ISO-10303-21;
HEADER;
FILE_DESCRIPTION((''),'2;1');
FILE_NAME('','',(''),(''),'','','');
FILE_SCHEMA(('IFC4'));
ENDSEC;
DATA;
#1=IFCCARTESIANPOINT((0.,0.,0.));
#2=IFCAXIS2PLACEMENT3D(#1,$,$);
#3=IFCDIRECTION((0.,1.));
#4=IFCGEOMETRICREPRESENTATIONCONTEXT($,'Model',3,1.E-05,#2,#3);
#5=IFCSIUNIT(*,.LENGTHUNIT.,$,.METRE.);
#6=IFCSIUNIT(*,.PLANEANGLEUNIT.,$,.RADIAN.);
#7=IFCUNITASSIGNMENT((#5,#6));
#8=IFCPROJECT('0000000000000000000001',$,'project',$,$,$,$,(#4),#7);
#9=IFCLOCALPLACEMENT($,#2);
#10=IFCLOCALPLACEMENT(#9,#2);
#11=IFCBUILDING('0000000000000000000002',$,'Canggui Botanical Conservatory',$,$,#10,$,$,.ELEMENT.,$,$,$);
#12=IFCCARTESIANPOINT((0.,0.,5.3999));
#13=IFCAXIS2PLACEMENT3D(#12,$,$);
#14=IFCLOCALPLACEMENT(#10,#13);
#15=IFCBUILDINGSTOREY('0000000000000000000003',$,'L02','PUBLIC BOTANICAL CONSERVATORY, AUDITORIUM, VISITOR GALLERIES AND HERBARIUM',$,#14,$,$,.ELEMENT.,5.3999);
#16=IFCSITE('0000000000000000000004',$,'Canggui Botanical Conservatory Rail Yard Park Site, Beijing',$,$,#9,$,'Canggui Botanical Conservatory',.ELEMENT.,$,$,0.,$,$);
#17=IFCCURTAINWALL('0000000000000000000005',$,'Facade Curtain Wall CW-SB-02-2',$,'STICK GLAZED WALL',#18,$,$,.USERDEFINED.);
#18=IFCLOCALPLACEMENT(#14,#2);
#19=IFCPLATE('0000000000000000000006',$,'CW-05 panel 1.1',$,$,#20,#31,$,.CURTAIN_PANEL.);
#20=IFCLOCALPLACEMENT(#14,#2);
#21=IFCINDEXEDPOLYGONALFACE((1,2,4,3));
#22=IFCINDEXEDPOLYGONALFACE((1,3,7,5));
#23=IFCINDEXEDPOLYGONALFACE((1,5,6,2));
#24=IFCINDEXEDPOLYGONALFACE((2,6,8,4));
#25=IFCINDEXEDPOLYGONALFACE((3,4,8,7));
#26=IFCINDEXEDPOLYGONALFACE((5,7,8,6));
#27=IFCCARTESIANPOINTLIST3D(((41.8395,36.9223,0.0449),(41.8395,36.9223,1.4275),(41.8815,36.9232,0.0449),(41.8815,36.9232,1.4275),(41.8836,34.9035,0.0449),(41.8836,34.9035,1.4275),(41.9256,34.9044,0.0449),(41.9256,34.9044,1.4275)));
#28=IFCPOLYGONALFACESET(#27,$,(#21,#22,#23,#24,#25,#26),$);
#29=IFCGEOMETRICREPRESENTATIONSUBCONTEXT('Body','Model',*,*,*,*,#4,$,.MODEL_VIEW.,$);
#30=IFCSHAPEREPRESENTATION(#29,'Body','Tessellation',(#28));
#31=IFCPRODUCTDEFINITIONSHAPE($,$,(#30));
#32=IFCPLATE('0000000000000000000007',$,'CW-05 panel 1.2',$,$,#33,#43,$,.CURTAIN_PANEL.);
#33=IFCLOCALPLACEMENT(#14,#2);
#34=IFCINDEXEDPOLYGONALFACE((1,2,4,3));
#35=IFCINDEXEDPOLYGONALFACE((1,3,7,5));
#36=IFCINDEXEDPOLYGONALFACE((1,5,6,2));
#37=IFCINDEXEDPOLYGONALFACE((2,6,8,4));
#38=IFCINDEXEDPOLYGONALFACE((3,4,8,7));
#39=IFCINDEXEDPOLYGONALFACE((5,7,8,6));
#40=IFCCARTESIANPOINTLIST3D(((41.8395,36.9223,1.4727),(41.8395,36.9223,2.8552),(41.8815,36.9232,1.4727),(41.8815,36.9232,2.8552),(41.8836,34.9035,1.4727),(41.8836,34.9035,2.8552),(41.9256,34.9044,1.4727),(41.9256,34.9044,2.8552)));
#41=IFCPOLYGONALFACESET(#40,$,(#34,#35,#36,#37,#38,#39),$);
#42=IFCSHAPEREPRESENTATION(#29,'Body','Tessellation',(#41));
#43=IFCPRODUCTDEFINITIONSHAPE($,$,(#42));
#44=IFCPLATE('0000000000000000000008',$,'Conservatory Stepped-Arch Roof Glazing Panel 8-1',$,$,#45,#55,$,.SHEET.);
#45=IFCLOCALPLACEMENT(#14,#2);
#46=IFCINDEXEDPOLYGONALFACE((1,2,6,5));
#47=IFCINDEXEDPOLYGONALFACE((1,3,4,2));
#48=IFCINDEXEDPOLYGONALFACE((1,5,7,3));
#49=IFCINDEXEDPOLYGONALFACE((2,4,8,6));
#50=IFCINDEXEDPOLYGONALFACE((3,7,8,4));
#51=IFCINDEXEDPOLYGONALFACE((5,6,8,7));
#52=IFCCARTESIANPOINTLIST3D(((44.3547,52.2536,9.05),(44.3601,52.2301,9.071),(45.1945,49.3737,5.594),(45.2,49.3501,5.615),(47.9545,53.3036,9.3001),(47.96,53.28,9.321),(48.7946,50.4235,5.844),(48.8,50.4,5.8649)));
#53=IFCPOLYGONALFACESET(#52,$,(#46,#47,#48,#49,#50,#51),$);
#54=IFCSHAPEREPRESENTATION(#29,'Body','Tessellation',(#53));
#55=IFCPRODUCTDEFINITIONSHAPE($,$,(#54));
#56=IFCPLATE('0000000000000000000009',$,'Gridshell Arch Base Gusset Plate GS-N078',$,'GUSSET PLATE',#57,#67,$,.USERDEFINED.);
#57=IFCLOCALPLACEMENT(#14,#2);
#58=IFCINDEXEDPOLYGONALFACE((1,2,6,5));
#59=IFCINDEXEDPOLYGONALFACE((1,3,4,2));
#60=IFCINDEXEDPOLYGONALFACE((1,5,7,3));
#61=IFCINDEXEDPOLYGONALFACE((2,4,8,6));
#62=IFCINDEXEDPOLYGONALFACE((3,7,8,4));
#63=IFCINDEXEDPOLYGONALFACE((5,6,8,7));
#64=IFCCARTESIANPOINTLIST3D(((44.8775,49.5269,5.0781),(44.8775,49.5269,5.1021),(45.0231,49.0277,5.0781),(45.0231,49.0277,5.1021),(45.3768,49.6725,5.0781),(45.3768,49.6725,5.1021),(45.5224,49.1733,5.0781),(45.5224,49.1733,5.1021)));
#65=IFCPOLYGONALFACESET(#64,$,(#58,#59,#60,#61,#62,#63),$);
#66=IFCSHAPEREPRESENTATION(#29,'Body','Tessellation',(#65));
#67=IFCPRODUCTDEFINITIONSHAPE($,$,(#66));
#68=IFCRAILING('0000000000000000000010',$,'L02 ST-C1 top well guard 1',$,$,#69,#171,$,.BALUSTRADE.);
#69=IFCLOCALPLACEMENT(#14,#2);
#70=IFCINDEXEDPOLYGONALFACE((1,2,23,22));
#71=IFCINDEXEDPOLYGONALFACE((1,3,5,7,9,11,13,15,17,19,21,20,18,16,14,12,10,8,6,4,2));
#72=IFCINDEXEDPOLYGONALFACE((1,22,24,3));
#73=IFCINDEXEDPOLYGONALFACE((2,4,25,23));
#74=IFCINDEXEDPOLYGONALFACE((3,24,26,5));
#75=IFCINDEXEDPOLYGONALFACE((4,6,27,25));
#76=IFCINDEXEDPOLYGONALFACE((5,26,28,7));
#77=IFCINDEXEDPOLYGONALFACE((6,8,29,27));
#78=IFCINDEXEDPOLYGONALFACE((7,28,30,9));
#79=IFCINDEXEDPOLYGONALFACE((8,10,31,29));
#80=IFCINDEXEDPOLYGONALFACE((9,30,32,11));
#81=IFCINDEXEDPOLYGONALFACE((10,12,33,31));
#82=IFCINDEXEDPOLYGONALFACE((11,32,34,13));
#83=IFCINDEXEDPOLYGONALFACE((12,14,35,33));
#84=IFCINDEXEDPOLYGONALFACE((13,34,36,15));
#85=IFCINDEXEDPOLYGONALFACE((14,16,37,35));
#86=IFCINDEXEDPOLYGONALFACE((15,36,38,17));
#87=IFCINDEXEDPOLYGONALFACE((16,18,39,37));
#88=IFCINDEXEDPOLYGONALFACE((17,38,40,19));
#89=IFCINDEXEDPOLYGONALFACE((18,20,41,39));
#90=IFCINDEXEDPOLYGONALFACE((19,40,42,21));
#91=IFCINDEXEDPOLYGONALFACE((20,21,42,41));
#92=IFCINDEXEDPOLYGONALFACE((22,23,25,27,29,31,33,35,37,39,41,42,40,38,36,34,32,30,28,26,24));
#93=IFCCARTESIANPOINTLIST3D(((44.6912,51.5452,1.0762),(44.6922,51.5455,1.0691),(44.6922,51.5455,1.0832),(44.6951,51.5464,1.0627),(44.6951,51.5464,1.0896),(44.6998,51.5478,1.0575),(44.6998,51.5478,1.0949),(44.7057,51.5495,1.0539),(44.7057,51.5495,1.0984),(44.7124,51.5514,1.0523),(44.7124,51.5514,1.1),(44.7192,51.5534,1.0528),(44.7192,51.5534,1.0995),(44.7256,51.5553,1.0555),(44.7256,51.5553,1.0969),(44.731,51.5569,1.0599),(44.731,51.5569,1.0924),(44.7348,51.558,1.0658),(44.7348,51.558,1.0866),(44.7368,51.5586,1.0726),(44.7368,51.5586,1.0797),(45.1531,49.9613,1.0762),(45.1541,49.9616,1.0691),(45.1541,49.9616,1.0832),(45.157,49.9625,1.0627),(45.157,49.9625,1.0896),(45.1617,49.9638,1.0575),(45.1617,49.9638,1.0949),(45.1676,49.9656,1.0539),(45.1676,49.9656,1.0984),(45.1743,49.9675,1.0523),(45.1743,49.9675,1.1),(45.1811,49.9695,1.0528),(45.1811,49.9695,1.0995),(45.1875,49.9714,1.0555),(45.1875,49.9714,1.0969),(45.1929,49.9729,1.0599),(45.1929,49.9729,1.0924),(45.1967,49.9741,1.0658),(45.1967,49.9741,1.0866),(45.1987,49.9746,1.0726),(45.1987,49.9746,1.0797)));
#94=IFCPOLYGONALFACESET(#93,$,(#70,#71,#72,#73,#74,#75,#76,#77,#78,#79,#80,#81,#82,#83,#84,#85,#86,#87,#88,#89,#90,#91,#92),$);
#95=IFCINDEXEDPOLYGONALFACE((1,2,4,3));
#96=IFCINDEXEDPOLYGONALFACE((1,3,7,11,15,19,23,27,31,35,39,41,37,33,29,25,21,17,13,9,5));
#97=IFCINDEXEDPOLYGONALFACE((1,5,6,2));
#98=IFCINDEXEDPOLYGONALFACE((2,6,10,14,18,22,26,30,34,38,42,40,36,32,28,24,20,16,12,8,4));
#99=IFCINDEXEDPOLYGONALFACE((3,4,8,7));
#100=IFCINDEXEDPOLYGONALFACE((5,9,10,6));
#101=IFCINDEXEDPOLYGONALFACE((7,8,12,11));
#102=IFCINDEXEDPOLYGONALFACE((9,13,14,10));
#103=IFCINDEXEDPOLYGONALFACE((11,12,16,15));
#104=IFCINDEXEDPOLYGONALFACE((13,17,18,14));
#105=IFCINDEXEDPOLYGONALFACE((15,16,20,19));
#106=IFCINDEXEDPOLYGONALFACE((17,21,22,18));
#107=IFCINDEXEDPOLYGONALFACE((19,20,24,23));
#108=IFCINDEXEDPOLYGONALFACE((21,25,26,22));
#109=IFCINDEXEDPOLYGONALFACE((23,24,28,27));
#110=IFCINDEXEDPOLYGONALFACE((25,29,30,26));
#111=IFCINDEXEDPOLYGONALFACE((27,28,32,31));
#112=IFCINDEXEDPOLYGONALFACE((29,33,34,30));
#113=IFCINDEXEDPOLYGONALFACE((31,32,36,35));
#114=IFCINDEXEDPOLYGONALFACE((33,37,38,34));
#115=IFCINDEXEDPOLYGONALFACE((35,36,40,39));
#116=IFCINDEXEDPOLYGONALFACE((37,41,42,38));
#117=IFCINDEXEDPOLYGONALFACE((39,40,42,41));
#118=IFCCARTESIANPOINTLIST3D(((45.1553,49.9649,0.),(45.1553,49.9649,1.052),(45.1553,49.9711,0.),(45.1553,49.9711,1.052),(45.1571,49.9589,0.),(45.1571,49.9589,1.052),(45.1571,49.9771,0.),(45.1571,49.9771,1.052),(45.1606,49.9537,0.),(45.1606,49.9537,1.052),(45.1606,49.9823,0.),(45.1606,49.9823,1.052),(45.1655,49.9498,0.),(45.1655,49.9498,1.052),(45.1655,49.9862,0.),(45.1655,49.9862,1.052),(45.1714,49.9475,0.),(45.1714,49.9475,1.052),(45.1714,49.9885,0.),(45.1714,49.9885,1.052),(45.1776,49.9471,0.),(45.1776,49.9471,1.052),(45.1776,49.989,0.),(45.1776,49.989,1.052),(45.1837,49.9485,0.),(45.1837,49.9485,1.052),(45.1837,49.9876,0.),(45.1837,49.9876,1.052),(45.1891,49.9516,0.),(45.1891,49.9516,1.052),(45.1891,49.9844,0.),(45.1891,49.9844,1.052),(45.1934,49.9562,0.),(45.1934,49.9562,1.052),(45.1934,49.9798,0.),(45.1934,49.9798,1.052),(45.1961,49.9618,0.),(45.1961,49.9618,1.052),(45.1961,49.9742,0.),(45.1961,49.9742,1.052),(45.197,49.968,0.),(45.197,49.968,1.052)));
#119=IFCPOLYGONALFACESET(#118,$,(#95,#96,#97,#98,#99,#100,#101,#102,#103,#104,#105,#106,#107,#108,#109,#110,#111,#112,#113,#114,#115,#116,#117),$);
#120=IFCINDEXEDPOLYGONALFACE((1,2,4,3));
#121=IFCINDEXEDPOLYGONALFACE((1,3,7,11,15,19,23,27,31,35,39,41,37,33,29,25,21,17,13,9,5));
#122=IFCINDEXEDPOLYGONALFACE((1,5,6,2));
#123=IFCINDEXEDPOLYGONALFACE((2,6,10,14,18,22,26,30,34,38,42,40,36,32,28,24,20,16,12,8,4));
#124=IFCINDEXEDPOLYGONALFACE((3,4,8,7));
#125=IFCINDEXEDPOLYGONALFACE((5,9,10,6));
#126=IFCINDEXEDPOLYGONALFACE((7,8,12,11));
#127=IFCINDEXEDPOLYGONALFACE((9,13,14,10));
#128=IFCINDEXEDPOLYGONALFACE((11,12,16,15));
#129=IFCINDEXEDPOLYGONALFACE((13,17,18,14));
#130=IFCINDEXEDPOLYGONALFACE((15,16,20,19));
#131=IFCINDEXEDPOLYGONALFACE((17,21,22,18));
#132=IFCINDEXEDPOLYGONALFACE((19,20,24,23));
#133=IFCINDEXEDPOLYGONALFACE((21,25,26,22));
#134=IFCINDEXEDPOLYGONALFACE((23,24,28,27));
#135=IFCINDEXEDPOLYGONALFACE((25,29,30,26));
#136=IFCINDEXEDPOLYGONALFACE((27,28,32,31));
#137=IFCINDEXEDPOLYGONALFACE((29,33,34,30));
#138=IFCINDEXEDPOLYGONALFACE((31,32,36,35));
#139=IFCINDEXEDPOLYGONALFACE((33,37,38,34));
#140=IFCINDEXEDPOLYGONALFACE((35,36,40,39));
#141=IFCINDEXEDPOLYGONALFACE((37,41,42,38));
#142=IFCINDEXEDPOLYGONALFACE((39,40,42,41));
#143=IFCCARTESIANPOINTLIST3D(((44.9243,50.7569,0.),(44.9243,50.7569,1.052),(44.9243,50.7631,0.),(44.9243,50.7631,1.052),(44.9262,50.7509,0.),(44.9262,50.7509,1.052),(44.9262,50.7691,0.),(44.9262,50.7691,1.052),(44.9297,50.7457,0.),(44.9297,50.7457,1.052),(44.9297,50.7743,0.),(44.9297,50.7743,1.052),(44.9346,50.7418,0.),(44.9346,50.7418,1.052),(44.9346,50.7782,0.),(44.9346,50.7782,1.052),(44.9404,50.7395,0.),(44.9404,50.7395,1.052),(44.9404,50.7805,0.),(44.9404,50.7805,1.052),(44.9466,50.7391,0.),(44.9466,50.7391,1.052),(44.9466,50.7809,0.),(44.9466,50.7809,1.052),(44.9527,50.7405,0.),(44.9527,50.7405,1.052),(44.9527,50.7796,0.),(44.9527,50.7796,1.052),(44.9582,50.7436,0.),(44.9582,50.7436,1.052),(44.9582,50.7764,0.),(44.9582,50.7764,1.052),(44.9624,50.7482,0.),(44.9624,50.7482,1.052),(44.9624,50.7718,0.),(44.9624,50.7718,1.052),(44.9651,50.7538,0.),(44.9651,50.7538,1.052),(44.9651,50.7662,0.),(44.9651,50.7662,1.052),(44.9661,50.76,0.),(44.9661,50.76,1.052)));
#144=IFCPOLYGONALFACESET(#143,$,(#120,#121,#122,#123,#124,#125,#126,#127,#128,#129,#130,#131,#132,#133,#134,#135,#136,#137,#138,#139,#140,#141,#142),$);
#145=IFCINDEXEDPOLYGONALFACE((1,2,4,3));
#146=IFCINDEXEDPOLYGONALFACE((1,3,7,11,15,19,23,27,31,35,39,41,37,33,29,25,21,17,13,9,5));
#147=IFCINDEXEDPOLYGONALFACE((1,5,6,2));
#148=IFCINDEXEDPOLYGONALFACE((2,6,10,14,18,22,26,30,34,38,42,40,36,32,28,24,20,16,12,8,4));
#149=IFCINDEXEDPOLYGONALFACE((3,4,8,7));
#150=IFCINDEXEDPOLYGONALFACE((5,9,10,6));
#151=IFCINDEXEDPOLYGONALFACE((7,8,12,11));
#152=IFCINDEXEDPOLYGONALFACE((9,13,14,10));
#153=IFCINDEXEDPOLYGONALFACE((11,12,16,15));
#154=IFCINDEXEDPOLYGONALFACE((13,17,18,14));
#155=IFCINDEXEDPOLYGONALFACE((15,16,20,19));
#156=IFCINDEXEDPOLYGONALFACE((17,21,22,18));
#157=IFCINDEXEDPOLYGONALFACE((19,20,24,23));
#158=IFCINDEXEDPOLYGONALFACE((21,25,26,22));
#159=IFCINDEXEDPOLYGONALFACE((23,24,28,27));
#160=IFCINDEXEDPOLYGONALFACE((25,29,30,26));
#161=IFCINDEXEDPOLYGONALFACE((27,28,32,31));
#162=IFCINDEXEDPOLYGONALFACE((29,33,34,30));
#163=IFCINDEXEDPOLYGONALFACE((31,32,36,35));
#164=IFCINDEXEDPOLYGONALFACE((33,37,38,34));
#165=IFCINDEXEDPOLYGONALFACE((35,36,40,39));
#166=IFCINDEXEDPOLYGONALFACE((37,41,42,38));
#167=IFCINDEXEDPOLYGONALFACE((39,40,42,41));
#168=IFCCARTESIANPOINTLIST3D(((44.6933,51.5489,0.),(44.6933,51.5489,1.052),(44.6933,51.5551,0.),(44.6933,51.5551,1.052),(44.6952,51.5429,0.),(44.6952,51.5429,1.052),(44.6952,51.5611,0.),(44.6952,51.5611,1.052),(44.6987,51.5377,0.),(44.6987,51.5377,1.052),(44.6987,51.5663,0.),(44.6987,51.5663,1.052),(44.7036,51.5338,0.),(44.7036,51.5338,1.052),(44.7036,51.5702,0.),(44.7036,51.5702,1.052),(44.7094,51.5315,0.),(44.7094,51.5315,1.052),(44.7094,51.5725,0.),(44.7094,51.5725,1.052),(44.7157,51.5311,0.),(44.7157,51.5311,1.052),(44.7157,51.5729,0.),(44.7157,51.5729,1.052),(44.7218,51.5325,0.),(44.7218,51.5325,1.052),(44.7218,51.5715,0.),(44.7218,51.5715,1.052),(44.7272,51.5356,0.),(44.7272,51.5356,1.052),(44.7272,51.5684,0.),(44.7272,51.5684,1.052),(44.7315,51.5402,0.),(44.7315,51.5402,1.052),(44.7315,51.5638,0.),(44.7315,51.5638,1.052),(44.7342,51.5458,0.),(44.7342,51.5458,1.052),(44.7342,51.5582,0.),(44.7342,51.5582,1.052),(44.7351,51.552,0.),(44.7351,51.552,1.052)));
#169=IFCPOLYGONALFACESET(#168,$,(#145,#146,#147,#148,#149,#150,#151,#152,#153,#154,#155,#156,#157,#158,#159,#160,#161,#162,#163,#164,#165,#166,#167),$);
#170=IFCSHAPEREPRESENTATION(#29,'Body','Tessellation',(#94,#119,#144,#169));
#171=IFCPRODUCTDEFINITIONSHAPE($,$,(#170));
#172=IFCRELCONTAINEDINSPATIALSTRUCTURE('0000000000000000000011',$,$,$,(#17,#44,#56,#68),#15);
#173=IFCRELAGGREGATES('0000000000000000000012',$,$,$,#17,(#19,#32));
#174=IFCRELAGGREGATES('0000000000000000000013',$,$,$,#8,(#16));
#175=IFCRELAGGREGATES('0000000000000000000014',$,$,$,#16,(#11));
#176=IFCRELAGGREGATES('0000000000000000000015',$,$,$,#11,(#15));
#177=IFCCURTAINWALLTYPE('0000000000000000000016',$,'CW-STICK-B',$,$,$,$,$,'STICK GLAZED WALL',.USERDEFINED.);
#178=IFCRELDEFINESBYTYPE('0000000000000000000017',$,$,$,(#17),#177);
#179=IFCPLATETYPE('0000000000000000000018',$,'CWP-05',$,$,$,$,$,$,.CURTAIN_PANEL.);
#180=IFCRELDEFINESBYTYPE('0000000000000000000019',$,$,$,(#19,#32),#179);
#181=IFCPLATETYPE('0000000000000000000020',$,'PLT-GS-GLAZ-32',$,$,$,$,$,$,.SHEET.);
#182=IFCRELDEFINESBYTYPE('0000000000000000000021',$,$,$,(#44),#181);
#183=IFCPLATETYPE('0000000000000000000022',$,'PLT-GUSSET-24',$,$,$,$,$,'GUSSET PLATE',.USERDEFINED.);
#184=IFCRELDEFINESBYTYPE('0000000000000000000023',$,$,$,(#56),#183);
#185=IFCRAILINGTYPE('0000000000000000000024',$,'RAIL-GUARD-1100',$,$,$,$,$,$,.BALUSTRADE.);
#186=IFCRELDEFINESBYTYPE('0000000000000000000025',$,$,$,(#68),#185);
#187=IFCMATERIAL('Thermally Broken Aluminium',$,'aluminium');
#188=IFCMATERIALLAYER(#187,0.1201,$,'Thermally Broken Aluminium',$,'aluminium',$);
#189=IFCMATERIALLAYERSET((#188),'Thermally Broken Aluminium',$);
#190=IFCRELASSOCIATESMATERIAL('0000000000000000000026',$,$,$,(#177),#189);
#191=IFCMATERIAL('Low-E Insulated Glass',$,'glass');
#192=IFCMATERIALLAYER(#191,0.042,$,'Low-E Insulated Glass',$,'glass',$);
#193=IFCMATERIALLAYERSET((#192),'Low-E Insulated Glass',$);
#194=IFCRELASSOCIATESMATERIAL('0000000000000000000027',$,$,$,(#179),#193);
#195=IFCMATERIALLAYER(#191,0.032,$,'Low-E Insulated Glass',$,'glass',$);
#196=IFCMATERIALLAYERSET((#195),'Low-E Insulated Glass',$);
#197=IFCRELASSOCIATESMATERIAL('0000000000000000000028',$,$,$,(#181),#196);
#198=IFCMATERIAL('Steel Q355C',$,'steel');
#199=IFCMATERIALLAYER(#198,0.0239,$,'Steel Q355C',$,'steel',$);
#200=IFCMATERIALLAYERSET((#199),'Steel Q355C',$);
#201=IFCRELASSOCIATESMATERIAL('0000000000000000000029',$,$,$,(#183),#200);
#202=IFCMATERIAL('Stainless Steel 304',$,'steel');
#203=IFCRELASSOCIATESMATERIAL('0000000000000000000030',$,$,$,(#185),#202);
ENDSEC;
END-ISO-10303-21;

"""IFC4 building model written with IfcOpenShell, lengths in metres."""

from ifc_helpers import new_model, si_unit, direction, frame, origin, origin_2d, place, context, subcontext, project, spatial, polyline, rectangle, circle, outline, extrude, material, layer, layer_set, type_object, element, aggregate, save


model = new_model("IFC4")

# Units and contexts
model_context = context("Model", 3, precision=1e-05, world=origin(), true_north=direction((0.0, 1.0)))
body_context = subcontext(model_context, "Body", "Model", "MODEL_VIEW")
ifc_project = project(units=[si_unit("LENGTHUNIT", "METRE"), si_unit("PLANEANGLEUNIT", "RADIAN")], contexts=[model_context])

# Site, building, storey
site_placement = place(None, origin())
site = spatial("IfcSite", under=ifc_project, at=site_placement, Name="Canggui Botanical Conservatory Rail Yard Park Site, Beijing", LongName="Canggui Botanical Conservatory", CompositionType="ELEMENT", RefElevation=0.0)
building_placement = place(site_placement, origin())
building = spatial("IfcBuilding", under=site, at=building_placement, Name="Canggui Botanical Conservatory", CompositionType="ELEMENT")
storey_placement = place(building_placement, frame((0.0, 0.0, 5.3999)))
storey = spatial("IfcBuildingStorey", under=building, at=storey_placement, Name="L02", Description="PUBLIC BOTANICAL CONSERVATORY, AUDITORIUM, VISITOR GALLERIES AND HERBARIUM", CompositionType="ELEMENT", Elevation=5.3999)

# Shared definitions
ifc_material_1 = material(Name="Steel Q355C", Category="steel")

# Shared definitions
ifc_material_2 = material(Name="Thermally Broken Aluminium", Category="aluminium")

# Curtain wall
ifc_layer_1 = layer(ifc_material_2, 0.1201, Name="Thermally Broken Aluminium", Category="aluminium")
ifc_layer_set_1 = layer_set([ifc_layer_1], Name="Thermally Broken Aluminium")
curtain_wall_type_1 = type_object("IfcCurtainWallType", Name="CW-STICK-B", ElementType="STICK GLAZED WALL", PredefinedType="USERDEFINED", material=ifc_layer_set_1)
curtain_wall_1_placement = place(storey_placement, origin())
curtain_wall_1 = element("IfcCurtainWall", 1, at=curtain_wall_1_placement, inside=storey, type_object=curtain_wall_type_1, Name="Facade Curtain Wall CW-SB-02-2", ObjectType="STICK GLAZED WALL", PredefinedType="USERDEFINED")

# Plates
ifc_material_3 = material(Name="Low-E Insulated Glass", Category="glass")
ifc_layer_2 = layer(ifc_material_3, 0.042, Name="Low-E Insulated Glass", Category="glass")
ifc_layer_set_2 = layer_set([ifc_layer_2], Name="Low-E Insulated Glass")
plate_type_1 = type_object("IfcPlateType", Name="CWP-05", PredefinedType="CURTAIN_PANEL", material=ifc_layer_set_2)
plate_1_placement = place(storey_placement, frame((41.8826, 35.9133, 0.0449), z_axis=(0.0, 0.0, 1.0), x_axis=(-0.021853, 0.999761, 0.0)))
plate_1 = element("IfcPlate", 2, at=plate_1_placement, type_object=plate_type_1, Name="CW-05 panel 1.1", PredefinedType="CURTAIN_PANEL", context=body_context, shape_type="SweptSolid", body=[
    extrude(rectangle(XDim=2.0193, YDim=0.042, at=origin_2d()), origin(), (0.0, 0.0, 1.0), 1.3826),
])
plate_2_placement = place(storey_placement, frame((41.8826, 35.9133, 1.4727), z_axis=(0.0, 0.0, 1.0), x_axis=(-0.021853, 0.999761, 0.0)))
plate_2 = element("IfcPlate", 3, at=plate_2_placement, type_object=plate_type_1, Name="CW-05 panel 1.2", PredefinedType="CURTAIN_PANEL", context=body_context, shape_type="SweptSolid", body=[
    extrude(rectangle(XDim=2.0193, YDim=0.042, at=origin_2d()), origin(), (0.0, 0.0, 1.0), 1.3826),
])
aggregate(curtain_wall_1, [plate_1, plate_2])

# Plates
ifc_layer_3 = layer(ifc_material_3, 0.032, Name="Low-E Insulated Glass", Category="glass")
ifc_layer_set_3 = layer_set([ifc_layer_3], Name="Low-E Insulated Glass")
plate_type_2 = type_object("IfcPlateType", Name="PLT-GS-GLAZ-32", PredefinedType="SHEET", material=ifc_layer_set_3)
plate_3_placement = place(storey_placement, frame((45.2, 49.3501, 5.615), z_axis=(0.169321, -0.736505, 0.654898), x_axis=(0.957885, 0.279347, 0.066499)))
element("IfcPlate", 4, at=plate_3_placement, inside=storey, type_object=plate_type_2, Name="Conservatory Stepped-Arch Roof Glazing Panel 8-1", PredefinedType="SHEET", context=body_context, shape_type="SweptSolid", body=[
    extrude(outline(polyline([(0.0, 0.0), (3.7584, 0.0), (3.988, 4.5708), (0.2298, 4.5706), (0.0, 0.0)])), origin(), (0.0, 0.0, -1.0), 0.032),
])
ifc_layer_4 = layer(ifc_material_1, 0.0239, Name="Steel Q355C", Category="steel")
ifc_layer_set_4 = layer_set([ifc_layer_4], Name="Steel Q355C")
plate_type_3 = type_object("IfcPlateType", Name="PLT-GUSSET-24", ElementType="GUSSET PLATE", PredefinedType="USERDEFINED", material=ifc_layer_set_4)
plate_4_placement = place(storey_placement, frame((45.2, 49.3501, 5.0781), z_axis=(0.0, 0.0, 1.0), x_axis=(0.96, 0.28, 0.0)))
element("IfcPlate", 5, at=plate_4_placement, inside=storey, type_object=plate_type_3, Name="Gridshell Arch Base Gusset Plate GS-N078", ObjectType="GUSSET PLATE", PredefinedType="USERDEFINED", context=body_context, shape_type="SweptSolid", body=[
    extrude(rectangle(XDim=0.52, YDim=0.52, at=origin_2d()), origin(), (0.0, 0.0, 1.0), 0.0239),
])

# Railing
ifc_material_4 = material(Name="Stainless Steel 304", Category="steel")
railing_type = type_object("IfcRailingType", Name="RAIL-GUARD-1100", PredefinedType="BALUSTRADE", material=ifc_material_4)
railing_1_placement = place(storey_placement, frame((45.176, 49.968, 0.0)))
element("IfcRailing", 6, at=railing_1_placement, inside=storey, type_object=railing_type, Name="L02 ST-C1 top well guard 1", PredefinedType="BALUSTRADE", context=body_context, shape_type="SweptSolid", body=[
    extrude(circle(Radius=0.0239, at=origin_2d()), frame((0.0, 0.0, 1.0762), z_axis=(-0.279955, 0.960013, 0.0), x_axis=(-0.960013, -0.279955, 0.0)), (0.0, 0.0, 1.0), 1.6499),
    extrude(circle(Radius=0.021, at=origin_2d()), origin(), (0.0, 0.0, 1.0), 1.052),
    extrude(circle(Radius=0.021, at=origin_2d()), frame((-0.231, 0.792, 0.0)), (0.0, 0.0, 1.0), 1.052),
    extrude(circle(Radius=0.021, at=origin_2d()), frame((-0.4619, 1.584, 0.0)), (0.0, 0.0, 1.0), 1.052),
])

save(model, "model.ifc")
